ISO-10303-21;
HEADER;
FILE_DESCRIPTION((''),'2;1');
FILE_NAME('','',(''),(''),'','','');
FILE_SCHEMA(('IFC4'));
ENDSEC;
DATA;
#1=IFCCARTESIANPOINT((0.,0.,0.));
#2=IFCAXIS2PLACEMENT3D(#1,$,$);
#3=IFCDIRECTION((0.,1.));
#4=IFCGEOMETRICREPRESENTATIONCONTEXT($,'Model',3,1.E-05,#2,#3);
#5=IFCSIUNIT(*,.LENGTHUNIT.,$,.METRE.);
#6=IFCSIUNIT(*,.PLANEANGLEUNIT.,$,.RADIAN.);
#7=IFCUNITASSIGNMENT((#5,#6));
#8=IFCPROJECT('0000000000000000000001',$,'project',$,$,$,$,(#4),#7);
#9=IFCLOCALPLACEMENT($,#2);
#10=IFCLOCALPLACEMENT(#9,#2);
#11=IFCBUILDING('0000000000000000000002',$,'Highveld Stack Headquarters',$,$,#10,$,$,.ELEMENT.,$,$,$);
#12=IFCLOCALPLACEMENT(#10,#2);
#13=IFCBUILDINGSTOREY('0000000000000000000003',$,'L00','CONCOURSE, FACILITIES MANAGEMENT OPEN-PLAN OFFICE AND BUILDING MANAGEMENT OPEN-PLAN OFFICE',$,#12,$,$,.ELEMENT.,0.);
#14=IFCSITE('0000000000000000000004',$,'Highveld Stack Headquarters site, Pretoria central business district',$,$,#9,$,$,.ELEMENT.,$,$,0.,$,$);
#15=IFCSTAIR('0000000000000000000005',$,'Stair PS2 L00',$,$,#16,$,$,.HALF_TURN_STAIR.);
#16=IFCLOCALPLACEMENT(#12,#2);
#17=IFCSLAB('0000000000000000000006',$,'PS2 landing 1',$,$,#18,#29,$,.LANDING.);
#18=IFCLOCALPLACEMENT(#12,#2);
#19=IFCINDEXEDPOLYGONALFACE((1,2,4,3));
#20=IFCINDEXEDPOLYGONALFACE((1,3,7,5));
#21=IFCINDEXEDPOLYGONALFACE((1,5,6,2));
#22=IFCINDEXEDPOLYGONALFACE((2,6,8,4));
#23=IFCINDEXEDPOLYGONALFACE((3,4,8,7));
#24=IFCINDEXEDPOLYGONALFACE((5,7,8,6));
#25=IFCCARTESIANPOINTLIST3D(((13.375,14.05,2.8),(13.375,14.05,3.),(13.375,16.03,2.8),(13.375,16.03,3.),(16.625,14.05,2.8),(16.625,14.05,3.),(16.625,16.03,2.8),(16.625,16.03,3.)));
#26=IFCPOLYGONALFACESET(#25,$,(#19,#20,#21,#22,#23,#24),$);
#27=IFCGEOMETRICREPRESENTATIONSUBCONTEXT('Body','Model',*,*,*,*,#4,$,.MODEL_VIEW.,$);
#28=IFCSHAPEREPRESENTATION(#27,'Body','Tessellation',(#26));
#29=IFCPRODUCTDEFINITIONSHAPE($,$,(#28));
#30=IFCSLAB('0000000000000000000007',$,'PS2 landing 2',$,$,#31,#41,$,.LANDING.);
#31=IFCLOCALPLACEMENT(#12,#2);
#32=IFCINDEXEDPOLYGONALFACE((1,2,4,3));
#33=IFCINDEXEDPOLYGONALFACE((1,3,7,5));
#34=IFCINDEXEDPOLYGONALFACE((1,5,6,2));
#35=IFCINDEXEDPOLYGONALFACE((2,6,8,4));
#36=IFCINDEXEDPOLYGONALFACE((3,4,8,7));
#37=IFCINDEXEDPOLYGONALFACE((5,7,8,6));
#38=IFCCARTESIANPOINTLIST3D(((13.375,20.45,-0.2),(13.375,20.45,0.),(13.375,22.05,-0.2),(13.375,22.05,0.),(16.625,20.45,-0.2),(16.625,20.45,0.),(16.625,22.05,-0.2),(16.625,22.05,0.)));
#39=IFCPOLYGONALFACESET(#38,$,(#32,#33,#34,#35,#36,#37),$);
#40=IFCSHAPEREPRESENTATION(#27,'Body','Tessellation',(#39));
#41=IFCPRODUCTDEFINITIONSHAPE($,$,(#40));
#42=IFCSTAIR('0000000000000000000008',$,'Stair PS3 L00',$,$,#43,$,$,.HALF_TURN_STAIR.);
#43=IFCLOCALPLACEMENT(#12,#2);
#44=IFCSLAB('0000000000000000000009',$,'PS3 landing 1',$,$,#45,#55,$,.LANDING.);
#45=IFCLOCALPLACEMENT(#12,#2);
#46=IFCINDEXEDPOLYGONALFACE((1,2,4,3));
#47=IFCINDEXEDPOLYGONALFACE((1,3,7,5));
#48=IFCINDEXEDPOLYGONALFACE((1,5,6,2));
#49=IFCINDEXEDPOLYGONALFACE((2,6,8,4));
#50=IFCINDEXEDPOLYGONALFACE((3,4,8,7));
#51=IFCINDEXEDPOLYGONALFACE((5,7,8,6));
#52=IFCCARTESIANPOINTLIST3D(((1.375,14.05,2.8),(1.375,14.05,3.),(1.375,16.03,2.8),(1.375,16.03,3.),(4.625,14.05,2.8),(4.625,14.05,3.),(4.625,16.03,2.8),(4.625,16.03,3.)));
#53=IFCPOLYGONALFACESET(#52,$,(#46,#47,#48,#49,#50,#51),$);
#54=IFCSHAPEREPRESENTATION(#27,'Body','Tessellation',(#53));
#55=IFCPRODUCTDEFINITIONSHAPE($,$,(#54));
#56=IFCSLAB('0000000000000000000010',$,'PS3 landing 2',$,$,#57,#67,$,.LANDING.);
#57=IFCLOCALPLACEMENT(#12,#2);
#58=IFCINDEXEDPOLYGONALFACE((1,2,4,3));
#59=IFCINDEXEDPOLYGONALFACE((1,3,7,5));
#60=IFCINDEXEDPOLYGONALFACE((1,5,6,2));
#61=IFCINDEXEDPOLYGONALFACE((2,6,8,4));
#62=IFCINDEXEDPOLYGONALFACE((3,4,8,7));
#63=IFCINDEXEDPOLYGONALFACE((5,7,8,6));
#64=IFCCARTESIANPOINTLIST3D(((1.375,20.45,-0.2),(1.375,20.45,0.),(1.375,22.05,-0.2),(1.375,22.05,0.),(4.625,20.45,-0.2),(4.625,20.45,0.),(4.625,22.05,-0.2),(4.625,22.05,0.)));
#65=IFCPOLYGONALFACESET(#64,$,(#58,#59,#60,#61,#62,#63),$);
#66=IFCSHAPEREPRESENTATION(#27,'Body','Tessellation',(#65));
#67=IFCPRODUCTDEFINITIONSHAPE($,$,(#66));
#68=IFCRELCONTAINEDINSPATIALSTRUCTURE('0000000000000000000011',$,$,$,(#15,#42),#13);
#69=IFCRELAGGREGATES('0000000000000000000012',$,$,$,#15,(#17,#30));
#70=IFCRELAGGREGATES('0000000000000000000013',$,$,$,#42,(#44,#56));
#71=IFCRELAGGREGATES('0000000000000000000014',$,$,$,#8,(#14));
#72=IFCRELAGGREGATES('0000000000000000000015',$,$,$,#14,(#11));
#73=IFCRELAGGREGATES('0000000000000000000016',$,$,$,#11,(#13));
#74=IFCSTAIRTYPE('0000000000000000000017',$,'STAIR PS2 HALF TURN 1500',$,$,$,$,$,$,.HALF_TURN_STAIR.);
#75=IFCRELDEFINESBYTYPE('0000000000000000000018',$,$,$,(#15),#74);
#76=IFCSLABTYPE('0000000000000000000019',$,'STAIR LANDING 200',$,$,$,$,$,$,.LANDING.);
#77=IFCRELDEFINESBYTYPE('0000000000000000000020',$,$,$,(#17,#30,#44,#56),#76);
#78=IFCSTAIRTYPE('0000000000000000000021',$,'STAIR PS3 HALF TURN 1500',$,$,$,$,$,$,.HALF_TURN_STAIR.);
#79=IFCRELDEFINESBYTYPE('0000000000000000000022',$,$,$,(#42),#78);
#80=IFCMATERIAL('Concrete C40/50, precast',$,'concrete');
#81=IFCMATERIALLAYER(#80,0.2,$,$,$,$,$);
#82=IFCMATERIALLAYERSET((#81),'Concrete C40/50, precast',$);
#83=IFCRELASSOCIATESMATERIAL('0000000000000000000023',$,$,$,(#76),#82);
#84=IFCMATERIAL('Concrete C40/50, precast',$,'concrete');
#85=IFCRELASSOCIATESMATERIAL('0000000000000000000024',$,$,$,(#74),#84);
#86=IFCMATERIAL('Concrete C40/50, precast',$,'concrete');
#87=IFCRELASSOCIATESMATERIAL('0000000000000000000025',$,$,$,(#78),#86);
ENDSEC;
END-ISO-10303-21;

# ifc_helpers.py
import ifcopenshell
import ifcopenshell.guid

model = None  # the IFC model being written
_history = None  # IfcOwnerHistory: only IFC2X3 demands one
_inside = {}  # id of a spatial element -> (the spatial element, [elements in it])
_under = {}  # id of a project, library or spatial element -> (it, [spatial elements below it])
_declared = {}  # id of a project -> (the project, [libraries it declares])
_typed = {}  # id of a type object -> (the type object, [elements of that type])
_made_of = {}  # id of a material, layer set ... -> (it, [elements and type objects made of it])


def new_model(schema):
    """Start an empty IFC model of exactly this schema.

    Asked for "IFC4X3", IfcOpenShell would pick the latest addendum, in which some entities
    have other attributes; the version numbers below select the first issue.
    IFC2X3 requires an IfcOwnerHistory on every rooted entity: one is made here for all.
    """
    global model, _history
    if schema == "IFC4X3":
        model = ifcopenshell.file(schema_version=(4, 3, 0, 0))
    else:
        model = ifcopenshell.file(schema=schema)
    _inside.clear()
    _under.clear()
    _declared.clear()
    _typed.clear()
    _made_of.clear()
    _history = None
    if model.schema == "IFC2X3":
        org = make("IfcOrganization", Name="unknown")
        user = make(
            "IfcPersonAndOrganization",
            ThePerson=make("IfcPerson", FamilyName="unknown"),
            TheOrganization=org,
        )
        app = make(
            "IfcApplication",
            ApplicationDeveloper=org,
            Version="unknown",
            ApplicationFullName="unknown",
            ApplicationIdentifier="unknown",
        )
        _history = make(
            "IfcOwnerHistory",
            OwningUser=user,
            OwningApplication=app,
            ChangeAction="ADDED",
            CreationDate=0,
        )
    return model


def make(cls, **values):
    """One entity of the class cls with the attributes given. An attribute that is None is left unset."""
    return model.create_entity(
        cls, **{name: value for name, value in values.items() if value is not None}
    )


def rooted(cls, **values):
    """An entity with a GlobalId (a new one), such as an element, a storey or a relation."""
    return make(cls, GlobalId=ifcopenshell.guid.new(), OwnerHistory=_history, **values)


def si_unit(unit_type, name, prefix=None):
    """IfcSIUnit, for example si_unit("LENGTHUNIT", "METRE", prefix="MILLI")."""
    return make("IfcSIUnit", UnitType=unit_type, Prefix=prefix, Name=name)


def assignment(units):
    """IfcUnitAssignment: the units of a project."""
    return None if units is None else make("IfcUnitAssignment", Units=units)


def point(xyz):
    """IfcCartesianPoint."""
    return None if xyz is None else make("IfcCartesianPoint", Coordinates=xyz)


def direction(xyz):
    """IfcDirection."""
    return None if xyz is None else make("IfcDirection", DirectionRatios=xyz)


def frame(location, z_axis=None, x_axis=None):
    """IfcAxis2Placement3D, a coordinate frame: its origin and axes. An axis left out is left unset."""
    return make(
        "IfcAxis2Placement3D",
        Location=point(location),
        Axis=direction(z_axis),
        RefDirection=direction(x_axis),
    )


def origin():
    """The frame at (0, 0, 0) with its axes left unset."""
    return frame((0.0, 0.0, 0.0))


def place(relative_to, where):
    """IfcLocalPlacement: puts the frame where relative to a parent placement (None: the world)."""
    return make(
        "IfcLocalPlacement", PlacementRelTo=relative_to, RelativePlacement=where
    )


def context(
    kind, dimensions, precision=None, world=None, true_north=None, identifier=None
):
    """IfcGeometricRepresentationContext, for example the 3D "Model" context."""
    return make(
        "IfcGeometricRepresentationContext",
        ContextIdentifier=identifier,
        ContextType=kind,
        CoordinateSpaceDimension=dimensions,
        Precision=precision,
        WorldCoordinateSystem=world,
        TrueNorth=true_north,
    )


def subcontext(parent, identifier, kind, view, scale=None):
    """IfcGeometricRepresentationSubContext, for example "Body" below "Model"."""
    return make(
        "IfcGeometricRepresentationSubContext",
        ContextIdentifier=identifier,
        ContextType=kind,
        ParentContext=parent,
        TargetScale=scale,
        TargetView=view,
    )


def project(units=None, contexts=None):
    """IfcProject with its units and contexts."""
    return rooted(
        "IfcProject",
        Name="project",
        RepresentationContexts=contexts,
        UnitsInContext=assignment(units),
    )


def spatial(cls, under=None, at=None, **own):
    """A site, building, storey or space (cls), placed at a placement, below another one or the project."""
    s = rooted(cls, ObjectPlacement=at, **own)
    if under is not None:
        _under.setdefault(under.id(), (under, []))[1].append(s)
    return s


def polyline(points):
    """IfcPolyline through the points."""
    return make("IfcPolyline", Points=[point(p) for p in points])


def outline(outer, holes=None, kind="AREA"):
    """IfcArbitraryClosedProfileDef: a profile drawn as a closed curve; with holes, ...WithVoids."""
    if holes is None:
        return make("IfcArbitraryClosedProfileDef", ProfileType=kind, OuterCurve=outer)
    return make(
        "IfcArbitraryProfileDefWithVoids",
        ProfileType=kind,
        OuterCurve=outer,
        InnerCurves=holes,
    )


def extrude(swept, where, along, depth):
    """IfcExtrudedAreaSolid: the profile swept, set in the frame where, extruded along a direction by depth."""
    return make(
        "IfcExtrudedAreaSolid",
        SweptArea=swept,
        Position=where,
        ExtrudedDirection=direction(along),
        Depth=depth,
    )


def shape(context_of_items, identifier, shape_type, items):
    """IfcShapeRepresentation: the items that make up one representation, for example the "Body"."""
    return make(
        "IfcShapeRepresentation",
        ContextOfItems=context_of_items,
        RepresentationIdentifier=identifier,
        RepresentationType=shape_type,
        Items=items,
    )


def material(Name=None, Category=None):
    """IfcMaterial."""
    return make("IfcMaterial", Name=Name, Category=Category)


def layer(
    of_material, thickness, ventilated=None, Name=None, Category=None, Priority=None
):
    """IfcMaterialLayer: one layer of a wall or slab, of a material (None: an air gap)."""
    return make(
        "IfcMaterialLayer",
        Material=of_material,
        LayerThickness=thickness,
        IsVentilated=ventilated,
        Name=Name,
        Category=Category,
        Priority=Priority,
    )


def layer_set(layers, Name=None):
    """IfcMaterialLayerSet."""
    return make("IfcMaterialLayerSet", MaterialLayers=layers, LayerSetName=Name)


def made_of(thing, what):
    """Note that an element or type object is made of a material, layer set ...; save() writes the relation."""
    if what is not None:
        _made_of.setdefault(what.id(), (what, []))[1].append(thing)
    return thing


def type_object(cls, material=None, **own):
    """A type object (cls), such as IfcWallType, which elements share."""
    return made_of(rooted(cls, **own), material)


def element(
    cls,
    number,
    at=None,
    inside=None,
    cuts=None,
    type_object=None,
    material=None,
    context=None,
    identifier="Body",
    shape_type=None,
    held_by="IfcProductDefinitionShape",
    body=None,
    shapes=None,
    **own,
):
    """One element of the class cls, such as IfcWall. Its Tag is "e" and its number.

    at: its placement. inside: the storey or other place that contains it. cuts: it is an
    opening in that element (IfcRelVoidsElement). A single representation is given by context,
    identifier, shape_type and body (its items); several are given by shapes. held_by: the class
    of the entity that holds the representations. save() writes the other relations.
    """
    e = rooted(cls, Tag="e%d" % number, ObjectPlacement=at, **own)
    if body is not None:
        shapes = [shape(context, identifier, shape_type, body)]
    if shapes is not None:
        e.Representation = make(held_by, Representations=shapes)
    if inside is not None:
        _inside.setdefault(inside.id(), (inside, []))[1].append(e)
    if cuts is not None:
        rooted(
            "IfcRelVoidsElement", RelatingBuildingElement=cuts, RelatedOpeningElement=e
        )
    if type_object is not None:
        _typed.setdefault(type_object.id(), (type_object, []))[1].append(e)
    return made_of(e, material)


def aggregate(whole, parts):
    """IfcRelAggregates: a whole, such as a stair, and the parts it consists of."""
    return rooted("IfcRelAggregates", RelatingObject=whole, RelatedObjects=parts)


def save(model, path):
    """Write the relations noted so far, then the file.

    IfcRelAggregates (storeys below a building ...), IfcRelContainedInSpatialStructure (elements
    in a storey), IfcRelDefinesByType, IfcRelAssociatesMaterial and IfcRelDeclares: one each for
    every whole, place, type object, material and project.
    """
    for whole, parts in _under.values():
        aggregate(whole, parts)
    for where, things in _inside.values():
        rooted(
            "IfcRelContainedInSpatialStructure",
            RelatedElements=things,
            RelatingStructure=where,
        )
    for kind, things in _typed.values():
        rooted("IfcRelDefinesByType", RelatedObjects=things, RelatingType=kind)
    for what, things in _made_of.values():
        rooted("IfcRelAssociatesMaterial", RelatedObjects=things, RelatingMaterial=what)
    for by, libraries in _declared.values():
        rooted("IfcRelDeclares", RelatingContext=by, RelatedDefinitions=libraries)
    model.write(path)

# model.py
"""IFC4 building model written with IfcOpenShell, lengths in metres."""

from ifc_helpers import new_model, si_unit, direction, frame, origin, place, context, subcontext, project, spatial, polyline, outline, extrude, material, layer, layer_set, type_object, element, aggregate, save


model = new_model("IFC4")

# Units and contexts
model_context = context("Model", 3, precision=1e-05, world=origin(), true_north=direction((0.0, 1.0)))
body_context = subcontext(model_context, "Body", "Model", "MODEL_VIEW")
ifc_project = project(units=[si_unit("LENGTHUNIT", "METRE"), si_unit("PLANEANGLEUNIT", "RADIAN")], contexts=[model_context])

# Site, building, storey
site_placement = place(None, origin())
site = spatial("IfcSite", under=ifc_project, at=site_placement, Name="Highveld Stack Headquarters site, Pretoria central business district", CompositionType="ELEMENT", RefElevation=0.0)
building_placement = place(site_placement, origin())
building = spatial("IfcBuilding", under=site, at=building_placement, Name="Highveld Stack Headquarters", CompositionType="ELEMENT")
storey_placement = place(building_placement, origin())
storey = spatial("IfcBuildingStorey", under=building, at=storey_placement, Name="L00", Description="CONCOURSE, FACILITIES MANAGEMENT OPEN-PLAN OFFICE AND BUILDING MANAGEMENT OPEN-PLAN OFFICE", CompositionType="ELEMENT", Elevation=0.0)

# Stairs, slabs
ifc_material_1 = material(Name="Concrete C40/50, precast", Category="concrete")
ifc_layer_1 = layer(ifc_material_1, 0.2)
ifc_layer_set_1 = layer_set([ifc_layer_1], Name="Concrete C40/50, precast")
slab_type_1 = type_object("IfcSlabType", Name="STAIR LANDING 200", PredefinedType="LANDING", material=ifc_layer_set_1)
ifc_material_2 = material(Name="Concrete C40/50, precast", Category="concrete")
stair_type_1 = type_object("IfcStairType", Name="STAIR PS2 HALF TURN 1500", PredefinedType="HALF_TURN_STAIR", material=ifc_material_2)
stair_1_placement = place(storey_placement, origin())
stair_1 = element("IfcStair", 1, at=stair_1_placement, inside=storey, type_object=stair_type_1, Name="Stair PS2 L00", PredefinedType="HALF_TURN_STAIR")
slab_1_placement = place(storey_placement, frame((0.0, 0.0, 2.8)))
slab_1 = element("IfcSlab", 2, at=slab_1_placement, type_object=slab_type_1, Name="PS2 landing 1", PredefinedType="LANDING", context=body_context, shape_type="SweptSolid", body=[
    extrude(outline(polyline([(13.375, 14.05), (16.625, 14.05), (16.625, 16.03), (13.375, 16.03), (13.375, 14.05)])), origin(), (0.0, 0.0, 1.0), 0.2),
])
slab_2_placement = place(storey_placement, frame((0.0, 0.0, -0.2)))
slab_2 = element("IfcSlab", 3, at=slab_2_placement, type_object=slab_type_1, Name="PS2 landing 2", PredefinedType="LANDING", context=body_context, shape_type="SweptSolid", body=[
    extrude(outline(polyline([(13.375, 20.45), (16.625, 20.45), (16.625, 22.05), (13.375, 22.05), (13.375, 20.45)])), origin(), (0.0, 0.0, 1.0), 0.2),
])
aggregate(stair_1, [slab_1, slab_2])
ifc_material_3 = material(Name="Concrete C40/50, precast", Category="concrete")
stair_type_2 = type_object("IfcStairType", Name="STAIR PS3 HALF TURN 1500", PredefinedType="HALF_TURN_STAIR", material=ifc_material_3)
stair_2_placement = place(storey_placement, origin())
stair_2 = element("IfcStair", 4, at=stair_2_placement, inside=storey, type_object=stair_type_2, Name="Stair PS3 L00", PredefinedType="HALF_TURN_STAIR")
slab_3_placement = place(storey_placement, frame((0.0, 0.0, 2.8)))
slab_3 = element("IfcSlab", 5, at=slab_3_placement, type_object=slab_type_1, Name="PS3 landing 1", PredefinedType="LANDING", context=body_context, shape_type="SweptSolid", body=[
    extrude(outline(polyline([(1.375, 14.05), (4.625, 14.05), (4.625, 16.03), (1.375, 16.03), (1.375, 14.05)])), origin(), (0.0, 0.0, 1.0), 0.2),
])
slab_4_placement = place(storey_placement, frame((0.0, 0.0, -0.2)))
slab_4 = element("IfcSlab", 6, at=slab_4_placement, type_object=slab_type_1, Name="PS3 landing 2", PredefinedType="LANDING", context=body_context, shape_type="SweptSolid", body=[
    extrude(outline(polyline([(1.375, 20.45), (4.625, 20.45), (4.625, 22.05), (1.375, 22.05), (1.375, 20.45)])), origin(), (0.0, 0.0, 1.0), 0.2),
])
aggregate(stair_2, [slab_3, slab_4])

save(model, "model.ifc")
